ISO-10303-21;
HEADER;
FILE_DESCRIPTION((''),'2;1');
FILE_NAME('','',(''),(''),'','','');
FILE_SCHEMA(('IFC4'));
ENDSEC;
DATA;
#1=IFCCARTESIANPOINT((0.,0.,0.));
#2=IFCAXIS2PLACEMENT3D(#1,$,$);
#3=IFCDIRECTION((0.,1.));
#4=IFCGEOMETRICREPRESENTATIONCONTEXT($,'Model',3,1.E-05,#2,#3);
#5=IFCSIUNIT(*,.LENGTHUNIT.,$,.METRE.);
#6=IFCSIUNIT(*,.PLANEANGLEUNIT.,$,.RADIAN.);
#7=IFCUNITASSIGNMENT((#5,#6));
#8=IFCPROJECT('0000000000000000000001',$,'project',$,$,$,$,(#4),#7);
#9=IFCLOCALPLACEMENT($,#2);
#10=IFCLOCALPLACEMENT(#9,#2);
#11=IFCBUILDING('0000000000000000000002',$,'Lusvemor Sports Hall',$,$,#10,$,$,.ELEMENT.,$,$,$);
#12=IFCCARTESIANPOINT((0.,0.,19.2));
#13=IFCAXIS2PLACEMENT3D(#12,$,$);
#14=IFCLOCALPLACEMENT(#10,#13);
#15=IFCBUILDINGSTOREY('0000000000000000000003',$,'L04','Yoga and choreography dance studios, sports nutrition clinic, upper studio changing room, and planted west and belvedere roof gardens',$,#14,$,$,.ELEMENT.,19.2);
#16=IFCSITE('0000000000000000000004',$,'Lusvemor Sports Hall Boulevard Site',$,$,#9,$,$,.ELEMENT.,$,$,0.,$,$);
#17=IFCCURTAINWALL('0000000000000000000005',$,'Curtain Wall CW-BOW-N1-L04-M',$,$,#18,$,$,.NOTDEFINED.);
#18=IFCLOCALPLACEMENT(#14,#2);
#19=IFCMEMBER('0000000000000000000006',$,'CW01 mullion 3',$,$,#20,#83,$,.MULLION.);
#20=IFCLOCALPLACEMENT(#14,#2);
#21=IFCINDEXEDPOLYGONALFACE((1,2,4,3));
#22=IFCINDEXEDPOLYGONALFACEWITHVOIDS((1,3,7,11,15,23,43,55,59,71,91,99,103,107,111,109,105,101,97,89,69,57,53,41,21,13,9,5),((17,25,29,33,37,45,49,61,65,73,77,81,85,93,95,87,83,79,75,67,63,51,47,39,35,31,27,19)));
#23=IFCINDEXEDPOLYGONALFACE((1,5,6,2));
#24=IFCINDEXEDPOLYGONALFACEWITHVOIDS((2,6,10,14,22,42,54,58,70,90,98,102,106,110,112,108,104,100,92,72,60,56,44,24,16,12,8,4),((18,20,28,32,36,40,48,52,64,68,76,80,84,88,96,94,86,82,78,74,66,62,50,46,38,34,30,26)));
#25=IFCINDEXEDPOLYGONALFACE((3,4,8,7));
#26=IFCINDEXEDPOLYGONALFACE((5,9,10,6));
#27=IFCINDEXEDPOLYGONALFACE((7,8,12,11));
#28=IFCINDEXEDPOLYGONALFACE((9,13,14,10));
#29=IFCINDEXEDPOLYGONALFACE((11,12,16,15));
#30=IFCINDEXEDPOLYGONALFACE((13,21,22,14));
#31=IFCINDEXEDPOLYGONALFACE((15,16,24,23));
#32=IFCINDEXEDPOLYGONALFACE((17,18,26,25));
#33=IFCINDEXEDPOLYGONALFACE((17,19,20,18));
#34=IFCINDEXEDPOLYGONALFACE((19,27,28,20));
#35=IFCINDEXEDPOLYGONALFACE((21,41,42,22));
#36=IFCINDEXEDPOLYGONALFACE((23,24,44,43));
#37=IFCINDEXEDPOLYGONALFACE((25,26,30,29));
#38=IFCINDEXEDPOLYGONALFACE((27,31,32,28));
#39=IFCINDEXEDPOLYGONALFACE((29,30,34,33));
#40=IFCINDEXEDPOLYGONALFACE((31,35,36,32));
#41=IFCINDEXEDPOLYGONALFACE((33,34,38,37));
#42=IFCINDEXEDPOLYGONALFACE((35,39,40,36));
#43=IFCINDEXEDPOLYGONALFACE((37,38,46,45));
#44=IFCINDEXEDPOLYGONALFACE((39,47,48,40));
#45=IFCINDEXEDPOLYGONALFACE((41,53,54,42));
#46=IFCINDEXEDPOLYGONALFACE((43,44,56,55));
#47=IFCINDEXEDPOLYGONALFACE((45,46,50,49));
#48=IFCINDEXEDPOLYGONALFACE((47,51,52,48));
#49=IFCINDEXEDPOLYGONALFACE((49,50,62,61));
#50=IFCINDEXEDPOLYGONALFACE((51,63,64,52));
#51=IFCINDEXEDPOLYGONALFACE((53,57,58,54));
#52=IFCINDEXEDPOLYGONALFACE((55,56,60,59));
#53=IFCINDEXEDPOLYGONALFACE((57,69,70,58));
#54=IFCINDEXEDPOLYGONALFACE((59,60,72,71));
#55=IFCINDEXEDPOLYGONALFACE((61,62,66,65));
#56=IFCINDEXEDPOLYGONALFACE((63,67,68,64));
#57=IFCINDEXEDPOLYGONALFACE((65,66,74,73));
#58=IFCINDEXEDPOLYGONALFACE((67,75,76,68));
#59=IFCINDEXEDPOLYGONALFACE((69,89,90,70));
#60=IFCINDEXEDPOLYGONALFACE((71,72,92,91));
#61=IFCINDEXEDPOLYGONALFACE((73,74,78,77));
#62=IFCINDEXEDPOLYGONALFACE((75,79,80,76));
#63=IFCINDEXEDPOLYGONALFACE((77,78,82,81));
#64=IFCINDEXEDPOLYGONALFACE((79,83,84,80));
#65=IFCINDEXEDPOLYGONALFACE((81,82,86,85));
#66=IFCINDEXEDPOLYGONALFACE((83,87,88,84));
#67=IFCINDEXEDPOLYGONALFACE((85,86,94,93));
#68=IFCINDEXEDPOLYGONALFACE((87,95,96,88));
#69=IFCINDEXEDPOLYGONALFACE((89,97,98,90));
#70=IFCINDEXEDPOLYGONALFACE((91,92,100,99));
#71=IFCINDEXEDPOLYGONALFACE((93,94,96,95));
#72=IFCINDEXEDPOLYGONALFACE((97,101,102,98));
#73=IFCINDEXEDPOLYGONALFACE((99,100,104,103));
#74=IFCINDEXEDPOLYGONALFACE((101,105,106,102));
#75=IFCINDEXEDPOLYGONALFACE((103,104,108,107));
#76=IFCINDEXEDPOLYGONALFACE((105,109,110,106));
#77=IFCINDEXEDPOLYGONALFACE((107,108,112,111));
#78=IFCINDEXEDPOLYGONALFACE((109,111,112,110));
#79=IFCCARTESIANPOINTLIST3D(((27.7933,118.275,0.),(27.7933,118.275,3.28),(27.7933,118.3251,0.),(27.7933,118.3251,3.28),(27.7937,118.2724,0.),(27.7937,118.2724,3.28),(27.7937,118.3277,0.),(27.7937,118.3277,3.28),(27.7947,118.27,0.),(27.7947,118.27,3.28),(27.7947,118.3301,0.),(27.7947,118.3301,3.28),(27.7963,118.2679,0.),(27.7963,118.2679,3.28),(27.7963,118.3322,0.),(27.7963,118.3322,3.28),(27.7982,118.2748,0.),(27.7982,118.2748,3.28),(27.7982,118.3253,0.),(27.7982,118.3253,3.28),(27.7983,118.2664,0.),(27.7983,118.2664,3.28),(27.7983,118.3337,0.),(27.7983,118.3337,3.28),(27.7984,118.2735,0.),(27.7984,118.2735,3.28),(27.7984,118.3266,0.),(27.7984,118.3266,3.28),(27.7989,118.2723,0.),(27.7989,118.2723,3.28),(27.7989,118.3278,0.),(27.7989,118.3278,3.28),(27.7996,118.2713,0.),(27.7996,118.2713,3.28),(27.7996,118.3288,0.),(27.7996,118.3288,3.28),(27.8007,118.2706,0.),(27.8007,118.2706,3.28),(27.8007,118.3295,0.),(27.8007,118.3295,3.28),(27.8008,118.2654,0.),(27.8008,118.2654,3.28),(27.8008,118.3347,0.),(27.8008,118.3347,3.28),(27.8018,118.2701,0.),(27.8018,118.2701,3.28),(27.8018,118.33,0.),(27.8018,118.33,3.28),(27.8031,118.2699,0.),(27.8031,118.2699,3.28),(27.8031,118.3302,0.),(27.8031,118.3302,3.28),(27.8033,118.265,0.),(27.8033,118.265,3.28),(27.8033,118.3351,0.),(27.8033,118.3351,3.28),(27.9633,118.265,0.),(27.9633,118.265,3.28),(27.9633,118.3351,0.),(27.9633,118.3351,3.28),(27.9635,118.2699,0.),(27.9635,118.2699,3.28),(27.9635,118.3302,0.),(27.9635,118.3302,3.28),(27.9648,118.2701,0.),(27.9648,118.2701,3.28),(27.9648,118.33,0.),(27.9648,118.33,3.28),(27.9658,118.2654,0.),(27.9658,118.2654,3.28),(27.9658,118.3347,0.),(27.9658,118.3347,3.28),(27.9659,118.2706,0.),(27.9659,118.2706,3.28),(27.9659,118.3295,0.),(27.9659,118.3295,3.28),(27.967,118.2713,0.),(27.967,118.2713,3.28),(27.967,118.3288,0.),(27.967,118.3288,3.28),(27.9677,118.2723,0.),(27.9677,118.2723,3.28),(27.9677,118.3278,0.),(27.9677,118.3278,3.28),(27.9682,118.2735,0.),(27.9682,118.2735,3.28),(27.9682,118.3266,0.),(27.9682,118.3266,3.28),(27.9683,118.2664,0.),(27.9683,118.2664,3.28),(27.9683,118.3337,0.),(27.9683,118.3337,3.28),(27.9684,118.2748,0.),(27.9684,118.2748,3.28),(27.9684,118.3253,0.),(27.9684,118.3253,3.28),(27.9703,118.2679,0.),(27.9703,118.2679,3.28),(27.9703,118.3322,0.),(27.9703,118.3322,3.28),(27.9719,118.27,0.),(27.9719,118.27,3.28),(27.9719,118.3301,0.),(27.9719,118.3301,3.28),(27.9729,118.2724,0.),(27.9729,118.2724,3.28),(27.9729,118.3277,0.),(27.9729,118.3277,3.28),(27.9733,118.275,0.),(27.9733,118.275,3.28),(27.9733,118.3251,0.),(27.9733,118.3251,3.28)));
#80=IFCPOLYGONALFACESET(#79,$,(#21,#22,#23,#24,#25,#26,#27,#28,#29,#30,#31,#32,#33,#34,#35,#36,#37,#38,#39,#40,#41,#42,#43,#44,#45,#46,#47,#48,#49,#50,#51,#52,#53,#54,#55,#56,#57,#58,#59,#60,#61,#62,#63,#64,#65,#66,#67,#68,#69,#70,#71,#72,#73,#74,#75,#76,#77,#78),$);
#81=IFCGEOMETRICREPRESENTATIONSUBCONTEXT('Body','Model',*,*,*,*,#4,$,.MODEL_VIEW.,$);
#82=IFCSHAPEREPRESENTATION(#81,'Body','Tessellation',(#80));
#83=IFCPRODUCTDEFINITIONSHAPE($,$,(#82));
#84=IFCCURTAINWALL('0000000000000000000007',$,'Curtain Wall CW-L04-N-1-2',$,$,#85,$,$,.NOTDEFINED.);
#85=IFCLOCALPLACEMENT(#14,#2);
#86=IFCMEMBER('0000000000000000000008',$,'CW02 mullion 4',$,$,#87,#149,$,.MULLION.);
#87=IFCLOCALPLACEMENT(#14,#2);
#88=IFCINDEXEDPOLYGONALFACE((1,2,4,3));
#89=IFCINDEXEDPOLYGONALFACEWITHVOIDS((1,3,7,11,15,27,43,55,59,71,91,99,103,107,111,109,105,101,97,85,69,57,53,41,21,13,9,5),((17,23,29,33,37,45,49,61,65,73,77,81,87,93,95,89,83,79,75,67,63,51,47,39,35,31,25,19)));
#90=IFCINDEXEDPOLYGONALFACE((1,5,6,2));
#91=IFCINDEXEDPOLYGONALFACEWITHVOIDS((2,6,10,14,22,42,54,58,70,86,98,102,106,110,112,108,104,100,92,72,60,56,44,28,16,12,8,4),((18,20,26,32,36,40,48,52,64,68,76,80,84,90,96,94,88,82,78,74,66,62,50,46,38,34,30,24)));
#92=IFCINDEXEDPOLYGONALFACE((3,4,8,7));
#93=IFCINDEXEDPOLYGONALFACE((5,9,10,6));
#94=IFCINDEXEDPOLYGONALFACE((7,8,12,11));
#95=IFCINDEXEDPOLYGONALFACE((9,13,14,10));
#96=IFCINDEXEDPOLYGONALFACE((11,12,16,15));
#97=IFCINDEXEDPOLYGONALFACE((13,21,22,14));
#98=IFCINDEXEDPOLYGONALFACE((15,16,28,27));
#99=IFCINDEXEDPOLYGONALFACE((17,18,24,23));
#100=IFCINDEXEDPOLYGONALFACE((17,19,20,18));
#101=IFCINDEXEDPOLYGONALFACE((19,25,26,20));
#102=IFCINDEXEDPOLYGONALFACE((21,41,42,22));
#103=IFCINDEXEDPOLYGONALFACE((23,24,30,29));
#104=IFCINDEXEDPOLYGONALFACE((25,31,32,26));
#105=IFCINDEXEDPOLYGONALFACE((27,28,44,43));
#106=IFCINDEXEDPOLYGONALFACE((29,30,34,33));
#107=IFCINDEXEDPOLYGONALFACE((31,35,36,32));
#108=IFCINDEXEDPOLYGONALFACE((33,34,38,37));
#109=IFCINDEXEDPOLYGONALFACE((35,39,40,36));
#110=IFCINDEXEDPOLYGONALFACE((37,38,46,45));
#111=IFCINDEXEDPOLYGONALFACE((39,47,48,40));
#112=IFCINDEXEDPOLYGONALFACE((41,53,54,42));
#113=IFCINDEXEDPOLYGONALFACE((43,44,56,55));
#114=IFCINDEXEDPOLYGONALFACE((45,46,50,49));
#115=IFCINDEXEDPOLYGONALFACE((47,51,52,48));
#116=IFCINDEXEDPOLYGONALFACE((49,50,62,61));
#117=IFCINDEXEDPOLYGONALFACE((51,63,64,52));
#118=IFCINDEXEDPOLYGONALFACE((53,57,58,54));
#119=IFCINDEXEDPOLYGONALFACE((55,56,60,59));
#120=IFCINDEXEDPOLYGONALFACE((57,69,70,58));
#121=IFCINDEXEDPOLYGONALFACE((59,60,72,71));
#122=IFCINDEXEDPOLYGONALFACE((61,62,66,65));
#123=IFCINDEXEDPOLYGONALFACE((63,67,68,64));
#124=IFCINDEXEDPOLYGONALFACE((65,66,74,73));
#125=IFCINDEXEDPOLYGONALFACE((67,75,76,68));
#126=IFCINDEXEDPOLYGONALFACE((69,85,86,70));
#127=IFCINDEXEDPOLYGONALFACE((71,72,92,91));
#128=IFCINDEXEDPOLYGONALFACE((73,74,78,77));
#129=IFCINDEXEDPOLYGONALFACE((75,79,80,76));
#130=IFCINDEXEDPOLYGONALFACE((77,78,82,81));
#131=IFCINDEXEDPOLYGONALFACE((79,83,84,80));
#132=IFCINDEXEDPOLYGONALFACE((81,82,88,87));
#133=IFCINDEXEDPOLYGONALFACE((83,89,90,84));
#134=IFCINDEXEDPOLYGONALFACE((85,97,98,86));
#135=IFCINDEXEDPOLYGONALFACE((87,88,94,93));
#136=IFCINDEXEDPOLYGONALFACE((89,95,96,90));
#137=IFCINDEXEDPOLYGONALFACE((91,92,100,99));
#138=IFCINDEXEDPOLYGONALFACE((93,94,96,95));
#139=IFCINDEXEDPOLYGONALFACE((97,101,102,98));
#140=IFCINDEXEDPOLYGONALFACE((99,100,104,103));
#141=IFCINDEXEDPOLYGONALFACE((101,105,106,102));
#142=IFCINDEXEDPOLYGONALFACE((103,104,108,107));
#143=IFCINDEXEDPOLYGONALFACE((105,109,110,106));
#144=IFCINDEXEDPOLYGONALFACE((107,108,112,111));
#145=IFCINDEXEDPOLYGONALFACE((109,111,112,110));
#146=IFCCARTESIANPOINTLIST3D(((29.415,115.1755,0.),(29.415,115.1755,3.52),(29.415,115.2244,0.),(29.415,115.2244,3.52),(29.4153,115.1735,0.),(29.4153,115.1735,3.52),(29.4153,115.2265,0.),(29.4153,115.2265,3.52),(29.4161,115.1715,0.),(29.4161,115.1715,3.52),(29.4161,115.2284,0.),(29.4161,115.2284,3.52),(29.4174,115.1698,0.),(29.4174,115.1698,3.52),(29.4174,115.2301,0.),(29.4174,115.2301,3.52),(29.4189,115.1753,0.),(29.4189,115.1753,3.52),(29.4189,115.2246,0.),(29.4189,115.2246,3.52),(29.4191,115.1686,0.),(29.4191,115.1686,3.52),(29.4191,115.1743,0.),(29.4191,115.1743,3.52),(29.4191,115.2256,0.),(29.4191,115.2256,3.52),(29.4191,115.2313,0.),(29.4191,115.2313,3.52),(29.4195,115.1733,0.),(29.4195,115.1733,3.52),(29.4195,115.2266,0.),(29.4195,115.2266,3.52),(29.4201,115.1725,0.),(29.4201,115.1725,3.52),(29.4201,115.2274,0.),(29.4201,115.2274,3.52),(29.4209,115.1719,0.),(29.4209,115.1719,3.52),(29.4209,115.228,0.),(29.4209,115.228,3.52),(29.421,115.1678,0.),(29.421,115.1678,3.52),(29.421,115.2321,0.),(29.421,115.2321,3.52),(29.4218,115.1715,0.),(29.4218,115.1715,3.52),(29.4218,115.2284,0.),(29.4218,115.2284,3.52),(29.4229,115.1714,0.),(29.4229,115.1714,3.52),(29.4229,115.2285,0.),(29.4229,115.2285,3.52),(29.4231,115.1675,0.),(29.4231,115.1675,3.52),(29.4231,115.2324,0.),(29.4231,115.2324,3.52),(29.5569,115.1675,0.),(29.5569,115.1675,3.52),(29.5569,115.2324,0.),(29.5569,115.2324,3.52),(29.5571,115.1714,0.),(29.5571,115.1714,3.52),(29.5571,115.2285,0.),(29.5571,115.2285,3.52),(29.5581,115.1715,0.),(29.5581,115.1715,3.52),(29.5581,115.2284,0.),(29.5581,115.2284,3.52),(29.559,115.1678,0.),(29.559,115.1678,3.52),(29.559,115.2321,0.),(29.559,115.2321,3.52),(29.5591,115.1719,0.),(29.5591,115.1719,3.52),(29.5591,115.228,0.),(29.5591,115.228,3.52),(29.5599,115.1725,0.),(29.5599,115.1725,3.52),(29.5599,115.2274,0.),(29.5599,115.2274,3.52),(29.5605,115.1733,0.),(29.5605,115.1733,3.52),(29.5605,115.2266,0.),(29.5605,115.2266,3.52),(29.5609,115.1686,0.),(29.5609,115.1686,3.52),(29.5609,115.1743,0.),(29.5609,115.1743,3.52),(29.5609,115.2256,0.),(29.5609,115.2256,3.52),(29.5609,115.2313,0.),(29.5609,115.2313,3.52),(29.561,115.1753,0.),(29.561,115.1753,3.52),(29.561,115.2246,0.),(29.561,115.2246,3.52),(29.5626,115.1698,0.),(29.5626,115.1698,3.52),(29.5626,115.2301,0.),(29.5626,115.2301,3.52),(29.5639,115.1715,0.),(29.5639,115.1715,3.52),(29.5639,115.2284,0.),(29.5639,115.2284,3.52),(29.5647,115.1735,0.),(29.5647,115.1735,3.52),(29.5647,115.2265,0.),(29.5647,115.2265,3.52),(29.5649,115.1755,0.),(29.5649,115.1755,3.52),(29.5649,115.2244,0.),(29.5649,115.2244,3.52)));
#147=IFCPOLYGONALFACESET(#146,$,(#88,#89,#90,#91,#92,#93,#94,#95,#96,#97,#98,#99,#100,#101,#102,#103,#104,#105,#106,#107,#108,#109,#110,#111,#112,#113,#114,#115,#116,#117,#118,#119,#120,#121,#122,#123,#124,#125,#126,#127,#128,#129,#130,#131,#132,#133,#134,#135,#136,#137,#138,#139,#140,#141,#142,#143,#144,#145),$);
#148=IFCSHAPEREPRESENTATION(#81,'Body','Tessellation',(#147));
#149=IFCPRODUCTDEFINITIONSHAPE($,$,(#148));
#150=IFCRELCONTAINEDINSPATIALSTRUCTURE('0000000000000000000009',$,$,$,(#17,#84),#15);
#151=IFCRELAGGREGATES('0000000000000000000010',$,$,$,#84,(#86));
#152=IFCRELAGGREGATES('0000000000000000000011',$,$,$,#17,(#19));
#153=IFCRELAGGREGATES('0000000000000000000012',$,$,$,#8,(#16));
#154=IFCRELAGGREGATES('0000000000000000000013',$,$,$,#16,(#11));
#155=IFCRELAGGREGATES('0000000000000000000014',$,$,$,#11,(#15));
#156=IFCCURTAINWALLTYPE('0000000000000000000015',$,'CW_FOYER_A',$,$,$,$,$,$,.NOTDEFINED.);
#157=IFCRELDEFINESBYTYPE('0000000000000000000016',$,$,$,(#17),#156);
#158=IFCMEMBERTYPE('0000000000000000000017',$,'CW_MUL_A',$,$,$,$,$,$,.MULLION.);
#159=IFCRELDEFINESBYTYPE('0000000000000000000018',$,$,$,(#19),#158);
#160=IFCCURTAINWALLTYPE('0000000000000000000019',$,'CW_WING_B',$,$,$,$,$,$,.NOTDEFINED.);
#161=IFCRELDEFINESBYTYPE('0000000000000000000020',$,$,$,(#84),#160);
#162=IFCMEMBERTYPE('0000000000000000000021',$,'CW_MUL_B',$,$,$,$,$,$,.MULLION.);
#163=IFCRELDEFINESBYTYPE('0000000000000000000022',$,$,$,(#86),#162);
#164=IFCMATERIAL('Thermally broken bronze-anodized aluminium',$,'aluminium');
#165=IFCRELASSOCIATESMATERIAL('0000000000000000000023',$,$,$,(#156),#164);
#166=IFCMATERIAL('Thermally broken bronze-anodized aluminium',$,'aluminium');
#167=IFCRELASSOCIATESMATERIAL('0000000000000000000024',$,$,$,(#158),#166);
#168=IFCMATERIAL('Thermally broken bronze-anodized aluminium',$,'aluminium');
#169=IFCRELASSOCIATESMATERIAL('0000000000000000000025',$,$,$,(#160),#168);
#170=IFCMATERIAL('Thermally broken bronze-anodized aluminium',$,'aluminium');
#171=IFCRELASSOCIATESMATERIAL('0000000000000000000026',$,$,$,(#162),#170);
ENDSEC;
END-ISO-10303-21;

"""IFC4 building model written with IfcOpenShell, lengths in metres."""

from ifc_helpers import new_model, si_unit, direction, frame, origin, origin_2d, place, context, subcontext, project, spatial, hollow_rectangle, extrude, material, material_profile, profile_set, type_object, element, aggregate, save


model = new_model("IFC4")

# Units and contexts
model_context = context("Model", 3, precision=1e-05, world=origin(), true_north=direction((0.0, 1.0)))
body_context = subcontext(model_context, "Body", "Model", "MODEL_VIEW")
ifc_project = project(units=[si_unit("LENGTHUNIT", "METRE"), si_unit("PLANEANGLEUNIT", "RADIAN")], contexts=[model_context])

# Site, building, storey
site_placement = place(None, origin())
site = spatial("IfcSite", under=ifc_project, at=site_placement, Name="Lusvemor Sports Hall Boulevard Site", CompositionType="ELEMENT", RefElevation=0.0)
building_placement = place(site_placement, origin())
building = spatial("IfcBuilding", under=site, at=building_placement, Name="Lusvemor Sports Hall", CompositionType="ELEMENT")
storey_placement = place(building_placement, frame((0.0, 0.0, 19.2)))
storey = spatial("IfcBuildingStorey", under=building, at=storey_placement, Name="L04", Description="Yoga and choreography dance studios, sports nutrition clinic, upper studio changing room, and planted west and belvedere roof gardens", CompositionType="ELEMENT", Elevation=19.2)

# Curtain wall, member
ifc_material_1 = material(Name="Thermally broken bronze-anodized aluminium", Category="aluminium")
curtain_wall_type_1 = type_object("IfcCurtainWallType", Name="CW_FOYER_A", PredefinedType="NOTDEFINED", material=ifc_material_1)
curtain_wall_1_placement = place(storey_placement, origin())
curtain_wall_1 = element("IfcCurtainWall", 1, at=curtain_wall_1_placement, inside=storey, type_object=curtain_wall_type_1, Name="Curtain Wall CW-BOW-N1-L04-M", PredefinedType="NOTDEFINED")
ifc_material_2 = material(Name="Thermally broken bronze-anodized aluminium", Category="aluminium")
ifc_material_profile_1 = material_profile(ifc_material_2, hollow_rectangle(XDim=0.0701, YDim=0.1799, WallThickness=0.0049, InnerFilletRadius=0.0049, OuterFilletRadius=0.01, at=origin_2d()), Name="CWMUL180x70x5")
ifc_profile_set_1 = profile_set([ifc_material_profile_1], Name="Thermally broken bronze-anodized aluminium")
member_type_1 = type_object("IfcMemberType", Name="CW_MUL_A", PredefinedType="MULLION", material=ifc_profile_set_1)
member_1_placement = place(storey_placement, frame((27.8833, 118.3, 0.0), z_axis=(0.0, 0.0, 1.0), x_axis=(0.0, 1.0, 0.0)))
member_1 = element("IfcMember", 2, at=member_1_placement, type_object=member_type_1, Name="CW01 mullion 3", PredefinedType="MULLION", context=body_context, shape_type="SweptSolid", body=[
    extrude(hollow_rectangle(XDim=0.0701, YDim=0.1799, WallThickness=0.0049, InnerFilletRadius=0.0049, OuterFilletRadius=0.01, at=origin_2d()), origin(), (0.0, 0.0, 1.0), 3.28),
])

# Curtain wall, member
ifc_material_3 = material(Name="Thermally broken bronze-anodized aluminium", Category="aluminium")
curtain_wall_type_2 = type_object("IfcCurtainWallType", Name="CW_WING_B", PredefinedType="NOTDEFINED", material=ifc_material_3)
curtain_wall_2_placement = place(storey_placement, origin())
curtain_wall_2 = element("IfcCurtainWall", 3, at=curtain_wall_2_placement, inside=storey, type_object=curtain_wall_type_2, Name="Curtain Wall CW-L04-N-1-2", PredefinedType="NOTDEFINED")
ifc_material_4 = material(Name="Thermally broken bronze-anodized aluminium", Category="aluminium")
ifc_material_profile_2 = material_profile(ifc_material_4, hollow_rectangle(XDim=0.0649, YDim=0.1499, WallThickness=0.0039, InnerFilletRadius=0.0039, OuterFilletRadius=0.0081, at=origin_2d()), Name="CWMUL150x65x4")
ifc_profile_set_2 = profile_set([ifc_material_profile_2], Name="Thermally broken bronze-anodized aluminium")
member_type_2 = type_object("IfcMemberType", Name="CW_MUL_B", PredefinedType="MULLION", material=ifc_profile_set_2)
member_2_placement = place(storey_placement, frame((29.49, 115.2, 0.0), z_axis=(0.0, 0.0, 1.0), x_axis=(0.0, 1.0, 0.0)))
member_2 = element("IfcMember", 4, at=member_2_placement, type_object=member_type_2, Name="CW02 mullion 4", PredefinedType="MULLION", context=body_context, shape_type="SweptSolid", body=[
    extrude(hollow_rectangle(XDim=0.0649, YDim=0.1499, WallThickness=0.0039, InnerFilletRadius=0.0039, OuterFilletRadius=0.0081, at=origin_2d()), origin(), (0.0, 0.0, 1.0), 3.52),
])

aggregate(curtain_wall_2, [member_2])
aggregate(curtain_wall_1, [member_1])

save(model, "model.ifc")
